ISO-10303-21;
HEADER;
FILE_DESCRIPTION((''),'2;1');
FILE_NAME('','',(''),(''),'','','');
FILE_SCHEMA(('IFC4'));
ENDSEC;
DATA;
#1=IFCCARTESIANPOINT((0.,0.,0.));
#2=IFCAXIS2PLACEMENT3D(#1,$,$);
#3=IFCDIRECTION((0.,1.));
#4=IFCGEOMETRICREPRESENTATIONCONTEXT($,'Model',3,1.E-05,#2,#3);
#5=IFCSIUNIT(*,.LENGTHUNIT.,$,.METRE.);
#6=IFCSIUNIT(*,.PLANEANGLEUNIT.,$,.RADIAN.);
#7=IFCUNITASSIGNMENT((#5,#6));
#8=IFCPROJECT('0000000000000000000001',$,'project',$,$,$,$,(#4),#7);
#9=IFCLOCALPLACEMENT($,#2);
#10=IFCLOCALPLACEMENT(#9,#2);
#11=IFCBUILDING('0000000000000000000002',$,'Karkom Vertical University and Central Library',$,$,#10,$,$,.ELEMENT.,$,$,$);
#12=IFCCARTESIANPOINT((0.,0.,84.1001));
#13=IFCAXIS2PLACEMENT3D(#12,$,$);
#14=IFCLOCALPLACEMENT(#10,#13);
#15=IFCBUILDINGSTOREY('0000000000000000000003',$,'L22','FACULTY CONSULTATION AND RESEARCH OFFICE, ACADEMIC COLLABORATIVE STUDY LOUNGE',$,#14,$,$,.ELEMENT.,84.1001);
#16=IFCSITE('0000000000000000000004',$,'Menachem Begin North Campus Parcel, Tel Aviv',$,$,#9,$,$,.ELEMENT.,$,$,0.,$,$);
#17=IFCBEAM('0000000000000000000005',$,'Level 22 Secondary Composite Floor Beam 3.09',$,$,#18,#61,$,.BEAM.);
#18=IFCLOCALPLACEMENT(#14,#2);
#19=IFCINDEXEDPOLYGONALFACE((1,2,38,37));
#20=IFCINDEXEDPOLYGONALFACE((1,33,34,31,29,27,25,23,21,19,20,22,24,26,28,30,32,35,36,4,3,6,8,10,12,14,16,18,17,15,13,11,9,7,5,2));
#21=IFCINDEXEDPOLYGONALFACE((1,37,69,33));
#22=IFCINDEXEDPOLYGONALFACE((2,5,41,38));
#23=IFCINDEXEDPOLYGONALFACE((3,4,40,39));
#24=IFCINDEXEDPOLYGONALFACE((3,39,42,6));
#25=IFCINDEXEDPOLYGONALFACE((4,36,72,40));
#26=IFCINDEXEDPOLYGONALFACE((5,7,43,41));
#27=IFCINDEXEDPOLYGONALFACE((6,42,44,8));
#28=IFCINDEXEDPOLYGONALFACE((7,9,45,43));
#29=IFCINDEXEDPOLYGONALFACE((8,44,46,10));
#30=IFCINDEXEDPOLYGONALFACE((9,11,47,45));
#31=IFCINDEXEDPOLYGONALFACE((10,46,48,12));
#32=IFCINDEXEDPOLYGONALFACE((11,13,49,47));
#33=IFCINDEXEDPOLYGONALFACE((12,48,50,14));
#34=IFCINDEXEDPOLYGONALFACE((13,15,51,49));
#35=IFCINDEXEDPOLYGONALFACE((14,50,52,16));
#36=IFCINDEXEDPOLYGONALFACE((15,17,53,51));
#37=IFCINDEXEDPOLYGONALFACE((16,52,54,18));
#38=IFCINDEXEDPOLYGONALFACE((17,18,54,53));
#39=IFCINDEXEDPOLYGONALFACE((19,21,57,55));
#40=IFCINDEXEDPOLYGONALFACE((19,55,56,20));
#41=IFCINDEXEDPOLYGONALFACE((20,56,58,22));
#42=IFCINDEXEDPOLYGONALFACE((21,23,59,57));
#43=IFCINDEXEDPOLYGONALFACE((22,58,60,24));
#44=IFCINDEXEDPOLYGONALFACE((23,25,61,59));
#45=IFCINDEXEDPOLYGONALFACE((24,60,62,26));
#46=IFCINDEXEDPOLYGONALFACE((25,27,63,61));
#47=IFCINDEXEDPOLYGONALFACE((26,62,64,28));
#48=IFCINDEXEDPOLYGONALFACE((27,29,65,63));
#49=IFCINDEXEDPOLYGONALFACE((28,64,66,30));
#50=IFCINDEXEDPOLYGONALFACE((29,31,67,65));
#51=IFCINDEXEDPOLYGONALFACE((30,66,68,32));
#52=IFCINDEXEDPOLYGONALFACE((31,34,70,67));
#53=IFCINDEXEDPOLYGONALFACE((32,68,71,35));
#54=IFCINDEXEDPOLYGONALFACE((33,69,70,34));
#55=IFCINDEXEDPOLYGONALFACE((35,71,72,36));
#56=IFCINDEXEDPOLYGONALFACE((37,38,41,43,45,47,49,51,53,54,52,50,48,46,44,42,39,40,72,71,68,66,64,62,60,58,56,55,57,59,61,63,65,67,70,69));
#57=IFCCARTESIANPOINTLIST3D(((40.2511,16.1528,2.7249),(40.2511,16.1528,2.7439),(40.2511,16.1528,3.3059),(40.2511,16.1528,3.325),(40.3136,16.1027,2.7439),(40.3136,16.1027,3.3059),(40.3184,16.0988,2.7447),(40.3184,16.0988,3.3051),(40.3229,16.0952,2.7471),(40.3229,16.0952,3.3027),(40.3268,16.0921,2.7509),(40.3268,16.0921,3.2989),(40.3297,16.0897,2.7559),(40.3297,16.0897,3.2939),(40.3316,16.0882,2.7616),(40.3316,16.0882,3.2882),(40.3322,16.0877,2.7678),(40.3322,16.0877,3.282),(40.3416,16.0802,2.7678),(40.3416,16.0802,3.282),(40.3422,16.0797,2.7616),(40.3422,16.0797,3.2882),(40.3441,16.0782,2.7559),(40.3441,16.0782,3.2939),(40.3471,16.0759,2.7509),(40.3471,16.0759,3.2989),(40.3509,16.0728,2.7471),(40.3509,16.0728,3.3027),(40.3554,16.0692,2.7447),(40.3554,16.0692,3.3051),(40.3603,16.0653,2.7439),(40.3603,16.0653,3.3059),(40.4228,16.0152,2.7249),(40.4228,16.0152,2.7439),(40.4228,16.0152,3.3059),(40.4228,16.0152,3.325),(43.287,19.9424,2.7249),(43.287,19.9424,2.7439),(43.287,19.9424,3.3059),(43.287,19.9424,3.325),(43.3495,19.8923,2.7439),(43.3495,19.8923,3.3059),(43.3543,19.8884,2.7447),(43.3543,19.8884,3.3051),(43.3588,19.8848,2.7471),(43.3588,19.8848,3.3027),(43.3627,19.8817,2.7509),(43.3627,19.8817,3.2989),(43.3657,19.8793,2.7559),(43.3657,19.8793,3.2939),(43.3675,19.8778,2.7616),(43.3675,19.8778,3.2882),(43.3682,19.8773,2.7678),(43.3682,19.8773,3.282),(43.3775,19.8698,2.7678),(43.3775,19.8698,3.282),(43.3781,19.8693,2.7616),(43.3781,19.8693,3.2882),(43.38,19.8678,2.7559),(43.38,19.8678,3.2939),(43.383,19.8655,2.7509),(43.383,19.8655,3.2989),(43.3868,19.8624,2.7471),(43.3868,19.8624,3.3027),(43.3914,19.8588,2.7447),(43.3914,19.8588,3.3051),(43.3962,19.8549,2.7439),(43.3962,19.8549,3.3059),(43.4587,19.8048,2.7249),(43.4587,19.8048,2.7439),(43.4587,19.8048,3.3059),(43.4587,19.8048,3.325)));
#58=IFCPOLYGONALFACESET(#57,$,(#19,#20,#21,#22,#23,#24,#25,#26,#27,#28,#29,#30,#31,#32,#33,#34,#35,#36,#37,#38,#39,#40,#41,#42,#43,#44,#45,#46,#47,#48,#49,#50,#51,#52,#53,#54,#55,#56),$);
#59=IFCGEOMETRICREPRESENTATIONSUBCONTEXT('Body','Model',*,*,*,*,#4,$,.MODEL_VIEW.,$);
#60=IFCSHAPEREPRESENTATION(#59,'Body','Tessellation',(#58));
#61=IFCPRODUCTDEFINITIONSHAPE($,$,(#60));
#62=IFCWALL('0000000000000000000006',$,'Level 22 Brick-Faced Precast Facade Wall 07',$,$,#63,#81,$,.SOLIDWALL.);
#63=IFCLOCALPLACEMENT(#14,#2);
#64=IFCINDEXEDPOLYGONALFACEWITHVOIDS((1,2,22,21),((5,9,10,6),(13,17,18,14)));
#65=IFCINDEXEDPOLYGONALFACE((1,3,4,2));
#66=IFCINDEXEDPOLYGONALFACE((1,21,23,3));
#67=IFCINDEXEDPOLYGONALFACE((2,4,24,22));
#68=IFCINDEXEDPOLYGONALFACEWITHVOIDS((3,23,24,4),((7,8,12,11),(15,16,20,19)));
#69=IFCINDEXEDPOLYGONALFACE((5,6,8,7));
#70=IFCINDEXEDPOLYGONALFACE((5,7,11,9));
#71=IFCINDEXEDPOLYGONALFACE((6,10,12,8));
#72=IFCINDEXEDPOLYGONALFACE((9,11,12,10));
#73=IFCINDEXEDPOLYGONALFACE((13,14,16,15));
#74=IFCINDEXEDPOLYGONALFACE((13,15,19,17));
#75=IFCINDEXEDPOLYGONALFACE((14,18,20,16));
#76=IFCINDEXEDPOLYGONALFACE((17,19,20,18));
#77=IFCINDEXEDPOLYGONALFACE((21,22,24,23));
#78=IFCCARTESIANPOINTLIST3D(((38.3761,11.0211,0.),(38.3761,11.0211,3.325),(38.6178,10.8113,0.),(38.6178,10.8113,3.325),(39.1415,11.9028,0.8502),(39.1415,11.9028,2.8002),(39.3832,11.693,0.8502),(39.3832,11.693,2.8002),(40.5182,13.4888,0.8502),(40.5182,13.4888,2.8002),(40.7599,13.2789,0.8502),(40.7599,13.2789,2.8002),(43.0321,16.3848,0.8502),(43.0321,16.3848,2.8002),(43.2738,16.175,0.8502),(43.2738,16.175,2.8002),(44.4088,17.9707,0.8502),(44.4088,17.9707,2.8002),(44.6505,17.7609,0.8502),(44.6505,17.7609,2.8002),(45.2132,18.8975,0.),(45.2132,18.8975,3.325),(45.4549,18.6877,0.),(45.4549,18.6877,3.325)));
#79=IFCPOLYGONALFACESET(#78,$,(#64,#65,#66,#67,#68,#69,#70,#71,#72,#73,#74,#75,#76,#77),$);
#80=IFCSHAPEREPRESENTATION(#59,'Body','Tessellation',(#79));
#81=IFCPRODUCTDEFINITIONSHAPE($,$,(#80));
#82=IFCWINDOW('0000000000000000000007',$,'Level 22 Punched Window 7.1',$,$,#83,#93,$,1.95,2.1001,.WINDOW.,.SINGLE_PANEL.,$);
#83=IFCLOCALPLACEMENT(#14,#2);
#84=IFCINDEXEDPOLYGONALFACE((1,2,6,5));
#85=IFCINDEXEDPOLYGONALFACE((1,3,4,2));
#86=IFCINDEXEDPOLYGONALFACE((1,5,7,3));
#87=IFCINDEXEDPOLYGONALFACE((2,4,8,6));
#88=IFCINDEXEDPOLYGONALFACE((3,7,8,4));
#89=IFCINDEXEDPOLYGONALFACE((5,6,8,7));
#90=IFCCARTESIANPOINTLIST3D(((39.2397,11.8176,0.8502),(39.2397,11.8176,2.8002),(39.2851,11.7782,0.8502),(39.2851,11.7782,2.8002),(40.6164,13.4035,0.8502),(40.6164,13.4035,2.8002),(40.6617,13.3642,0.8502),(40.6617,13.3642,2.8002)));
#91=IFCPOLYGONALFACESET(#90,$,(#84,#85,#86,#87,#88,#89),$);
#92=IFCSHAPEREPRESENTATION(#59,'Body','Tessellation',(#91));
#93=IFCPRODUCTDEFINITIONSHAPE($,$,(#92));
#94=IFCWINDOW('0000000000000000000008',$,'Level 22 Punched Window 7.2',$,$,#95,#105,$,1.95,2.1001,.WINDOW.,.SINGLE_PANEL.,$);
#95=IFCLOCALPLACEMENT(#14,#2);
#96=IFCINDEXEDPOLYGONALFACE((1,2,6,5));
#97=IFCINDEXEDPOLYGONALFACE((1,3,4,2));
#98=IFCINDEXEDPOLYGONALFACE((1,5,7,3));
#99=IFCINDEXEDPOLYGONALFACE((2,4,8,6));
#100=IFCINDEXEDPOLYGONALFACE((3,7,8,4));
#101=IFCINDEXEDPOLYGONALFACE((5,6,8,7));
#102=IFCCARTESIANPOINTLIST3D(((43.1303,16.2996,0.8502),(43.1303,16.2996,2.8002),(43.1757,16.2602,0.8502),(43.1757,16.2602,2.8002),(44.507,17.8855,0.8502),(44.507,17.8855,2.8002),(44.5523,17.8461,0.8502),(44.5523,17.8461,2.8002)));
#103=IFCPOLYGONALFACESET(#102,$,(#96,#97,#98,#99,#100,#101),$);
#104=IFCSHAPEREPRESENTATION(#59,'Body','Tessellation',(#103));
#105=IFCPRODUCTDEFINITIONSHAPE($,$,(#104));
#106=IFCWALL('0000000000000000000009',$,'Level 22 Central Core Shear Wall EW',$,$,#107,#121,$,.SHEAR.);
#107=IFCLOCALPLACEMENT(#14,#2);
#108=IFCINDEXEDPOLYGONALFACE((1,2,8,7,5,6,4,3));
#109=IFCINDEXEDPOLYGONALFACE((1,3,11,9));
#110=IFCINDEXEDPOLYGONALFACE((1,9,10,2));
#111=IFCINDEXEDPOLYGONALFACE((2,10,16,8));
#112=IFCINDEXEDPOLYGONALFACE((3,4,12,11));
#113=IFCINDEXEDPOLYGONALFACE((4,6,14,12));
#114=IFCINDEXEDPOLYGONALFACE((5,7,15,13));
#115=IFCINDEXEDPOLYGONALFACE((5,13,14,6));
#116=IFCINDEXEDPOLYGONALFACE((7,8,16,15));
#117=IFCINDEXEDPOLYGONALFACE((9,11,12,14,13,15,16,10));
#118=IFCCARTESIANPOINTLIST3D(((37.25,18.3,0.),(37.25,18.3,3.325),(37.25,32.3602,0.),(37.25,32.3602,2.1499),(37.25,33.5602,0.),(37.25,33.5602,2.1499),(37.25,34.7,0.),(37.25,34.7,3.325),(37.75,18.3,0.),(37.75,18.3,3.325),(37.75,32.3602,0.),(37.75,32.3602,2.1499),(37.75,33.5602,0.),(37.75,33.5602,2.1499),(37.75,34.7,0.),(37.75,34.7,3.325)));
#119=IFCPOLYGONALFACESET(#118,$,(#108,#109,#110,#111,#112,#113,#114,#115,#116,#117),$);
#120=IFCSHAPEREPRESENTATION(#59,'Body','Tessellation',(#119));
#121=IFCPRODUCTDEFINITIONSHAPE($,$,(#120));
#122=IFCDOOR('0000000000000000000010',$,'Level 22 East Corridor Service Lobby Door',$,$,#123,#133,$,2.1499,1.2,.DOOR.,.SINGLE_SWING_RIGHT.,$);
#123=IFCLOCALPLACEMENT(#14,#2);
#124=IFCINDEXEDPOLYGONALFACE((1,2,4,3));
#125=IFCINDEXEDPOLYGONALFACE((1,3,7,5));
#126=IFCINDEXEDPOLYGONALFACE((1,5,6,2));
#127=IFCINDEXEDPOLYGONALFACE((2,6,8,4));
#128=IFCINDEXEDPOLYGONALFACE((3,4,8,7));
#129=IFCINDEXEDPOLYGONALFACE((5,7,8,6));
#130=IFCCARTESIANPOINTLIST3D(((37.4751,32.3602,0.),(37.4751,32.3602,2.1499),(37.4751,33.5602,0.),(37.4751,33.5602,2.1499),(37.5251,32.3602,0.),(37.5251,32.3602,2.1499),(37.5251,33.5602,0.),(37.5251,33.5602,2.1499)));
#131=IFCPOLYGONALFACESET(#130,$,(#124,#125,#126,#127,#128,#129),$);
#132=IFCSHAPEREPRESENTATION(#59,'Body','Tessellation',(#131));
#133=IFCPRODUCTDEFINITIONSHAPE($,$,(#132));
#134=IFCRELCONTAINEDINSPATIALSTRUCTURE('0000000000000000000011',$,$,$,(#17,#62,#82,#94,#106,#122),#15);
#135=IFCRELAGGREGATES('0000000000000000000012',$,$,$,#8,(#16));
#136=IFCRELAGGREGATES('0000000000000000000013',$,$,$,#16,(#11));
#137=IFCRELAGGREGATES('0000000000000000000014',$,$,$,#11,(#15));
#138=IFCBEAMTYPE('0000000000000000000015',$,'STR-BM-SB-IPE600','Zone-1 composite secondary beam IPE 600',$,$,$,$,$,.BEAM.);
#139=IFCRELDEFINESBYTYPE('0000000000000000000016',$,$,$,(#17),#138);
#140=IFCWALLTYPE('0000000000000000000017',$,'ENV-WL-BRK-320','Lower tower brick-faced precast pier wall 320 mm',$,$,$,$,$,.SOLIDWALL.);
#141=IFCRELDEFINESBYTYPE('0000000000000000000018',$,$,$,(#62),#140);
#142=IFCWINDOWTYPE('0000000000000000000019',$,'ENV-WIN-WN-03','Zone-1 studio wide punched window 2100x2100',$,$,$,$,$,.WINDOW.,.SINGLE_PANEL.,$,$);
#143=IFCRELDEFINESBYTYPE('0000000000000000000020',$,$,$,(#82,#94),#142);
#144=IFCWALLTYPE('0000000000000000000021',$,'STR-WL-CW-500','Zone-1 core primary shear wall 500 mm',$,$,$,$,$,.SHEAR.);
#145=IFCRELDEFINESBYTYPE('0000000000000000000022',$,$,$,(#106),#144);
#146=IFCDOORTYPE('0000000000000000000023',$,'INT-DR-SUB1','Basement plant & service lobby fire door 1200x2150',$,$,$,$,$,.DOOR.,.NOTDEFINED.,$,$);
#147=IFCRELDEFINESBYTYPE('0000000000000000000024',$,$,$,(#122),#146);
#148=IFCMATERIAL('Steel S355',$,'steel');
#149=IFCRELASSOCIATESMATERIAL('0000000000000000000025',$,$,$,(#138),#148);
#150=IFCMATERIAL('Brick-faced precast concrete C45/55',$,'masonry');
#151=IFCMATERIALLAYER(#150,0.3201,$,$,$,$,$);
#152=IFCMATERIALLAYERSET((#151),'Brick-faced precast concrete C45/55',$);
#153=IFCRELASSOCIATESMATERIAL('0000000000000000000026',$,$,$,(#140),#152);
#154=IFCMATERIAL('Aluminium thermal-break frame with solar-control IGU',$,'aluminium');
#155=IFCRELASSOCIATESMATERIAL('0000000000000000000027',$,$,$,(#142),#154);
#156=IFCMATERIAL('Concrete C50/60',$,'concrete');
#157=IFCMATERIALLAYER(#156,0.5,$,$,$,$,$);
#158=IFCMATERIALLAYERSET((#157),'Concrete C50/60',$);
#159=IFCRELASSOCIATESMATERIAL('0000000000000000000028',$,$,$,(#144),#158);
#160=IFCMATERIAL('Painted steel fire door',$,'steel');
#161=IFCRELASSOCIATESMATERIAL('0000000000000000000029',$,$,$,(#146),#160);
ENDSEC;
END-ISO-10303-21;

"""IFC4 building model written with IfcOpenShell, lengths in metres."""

from ifc_helpers import new_model, si_unit, direction, frame, frame_2d, origin, origin_with_axes, origin_2d, place, context, subcontext, project, spatial, rectangle, i_section, extrude, source, transform, mapped, material, layer, layer_set, material_profile, profile_set, type_object, element, fill, save


model = new_model("IFC4")

# Units and contexts
model_context = context("Model", 3, precision=1e-05, world=origin(), true_north=direction((0.0, 1.0)))
body_context = subcontext(model_context, "Body", "Model", "MODEL_VIEW")
ifc_project = project(units=[si_unit("LENGTHUNIT", "METRE"), si_unit("PLANEANGLEUNIT", "RADIAN")], contexts=[model_context])

# Site, building, storey
site_placement = place(None, origin())
site = spatial("IfcSite", under=ifc_project, at=site_placement, Name="Menachem Begin North Campus Parcel, Tel Aviv", CompositionType="ELEMENT", RefElevation=0.0)
building_placement = place(site_placement, origin())
building = spatial("IfcBuilding", under=site, at=building_placement, Name="Karkom Vertical University and Central Library", CompositionType="ELEMENT")
storey_placement = place(building_placement, frame((0.0, 0.0, 84.1001)))
storey = spatial("IfcBuildingStorey", under=building, at=storey_placement, Name="L22", Description="FACULTY CONSULTATION AND RESEARCH OFFICE, ACADEMIC COLLABORATIVE STUDY LOUNGE", CompositionType="ELEMENT", Elevation=84.1001)

# Shared definitions
ifc_material_1 = material(Name="Concrete C50/60", Category="concrete")

# Beam
ifc_material_2 = material(Name="Steel S355", Category="steel")
ifc_material_profile_1 = material_profile(ifc_material_2, i_section(OverallWidth=0.22, OverallDepth=0.6001, WebThickness=0.012, FlangeThickness=0.019, FilletRadius=0.0239, at=origin_2d()), Name="IPE 600")
ifc_profile_set_1 = profile_set([ifc_material_profile_1], Name="Steel S355")
beam_type_1 = type_object("IfcBeamType", Name="STR-BM-SB-IPE600", Description="Zone-1 composite secondary beam IPE 600", PredefinedType="BEAM", material=ifc_profile_set_1)
shared_shape_1 = source(origin_with_axes(), body_context, "Body", "SweptSolid", [
    extrude(i_section(OverallWidth=0.22, OverallDepth=0.6001, WebThickness=0.012, FlangeThickness=0.019, FilletRadius=0.0239, at=origin_2d()), origin(), (0.0, 0.0, 1.0), 4.8557),
])
beam_1_placement = place(storey_placement, frame((40.3369, 16.084, 3.0249), z_axis=(0.625228, 0.780442, 0.0), x_axis=(-0.780442, 0.625228, 0.0)))
element("IfcBeam", 1, at=beam_1_placement, inside=storey, type_object=beam_type_1, Name="Level 22 Secondary Composite Floor Beam 3.09", PredefinedType="BEAM", context=body_context, shape_type="MappedRepresentation", body=[
    mapped(shared_shape_1, transform((0.0, 0.0, 0.0), scale=1.0)),
])

# Wall, openings, windows
ifc_material_3 = material(Name="Brick-faced precast concrete C45/55", Category="masonry")
ifc_layer_1 = layer(ifc_material_3, 0.3201)
ifc_layer_set_1 = layer_set([ifc_layer_1], Name="Brick-faced precast concrete C45/55")
wall_type_1 = type_object("IfcWallType", Name="ENV-WL-BRK-320", Description="Lower tower brick-faced precast pier wall 320 mm", PredefinedType="SOLIDWALL", material=ifc_layer_set_1)
wall_1_placement = place(storey_placement, frame((38.4971, 10.9163, 0.0), z_axis=(0.0, 0.0, 1.0), x_axis=(0.655527, 0.755172, 0.0)))
wall_1 = element("IfcWall", 2, at=wall_1_placement, inside=storey, type_object=wall_type_1, Name="Level 22 Brick-Faced Precast Facade Wall 07", PredefinedType="SOLIDWALL", context=body_context, shape_type="SweptSolid", body=[
    extrude(rectangle(XDim=10.4299, YDim=0.3201, at=frame_2d((5.2148, 0.0))), origin(), (0.0, 0.0, 1.0), 3.325),
])
opening_1_placement = place(wall_1_placement, frame((1.1675, 0.0, 0.8501)))
opening_1 = element("IfcOpeningElement", 3, at=opening_1_placement, cuts=wall_1, PredefinedType="OPENING", context=body_context, shape_type="SweptSolid", body=[
    extrude(rectangle(XDim=2.1001, YDim=1.95, at=frame_2d((1.05, 0.9751))), frame((0.0, 0.1699, 0.0), z_axis=(0.0, -1.0, 0.0), x_axis=(1.0, 0.0, 0.0)), (0.0, 0.0, 1.0), 0.3401),
])
opening_2_placement = place(wall_1_placement, frame((7.1025, 0.0, 0.8501)))
opening_2 = element("IfcOpeningElement", 4, at=opening_2_placement, cuts=wall_1, PredefinedType="OPENING", context=body_context, shape_type="SweptSolid", body=[
    extrude(rectangle(XDim=2.1001, YDim=1.95, at=frame_2d((1.05, 0.9751))), frame((0.0, 0.1699, 0.0), z_axis=(0.0, -1.0, 0.0), x_axis=(1.0, 0.0, 0.0)), (0.0, 0.0, 1.0), 0.3401),
])
ifc_material_4 = material(Name="Aluminium thermal-break frame with solar-control IGU", Category="aluminium")
window_type = type_object("IfcWindowType", Name="ENV-WIN-WN-03", Description="Zone-1 studio wide punched window 2100x2100", PartitioningType="SINGLE_PANEL", PredefinedType="WINDOW", material=ifc_material_4)
shared_shape_2 = source(origin_with_axes(), body_context, "Body", "SweptSolid", [
    extrude(rectangle(XDim=2.1001, YDim=1.95, at=frame_2d((1.05, 0.9751))), frame((0.0, 0.03, 0.0), z_axis=(0.0, -1.0, 0.0), x_axis=(1.0, 0.0, 0.0)), (0.0, 0.0, 1.0), 0.0601),
])
window_1_placement = place(opening_1_placement, origin())
window_1 = element("IfcWindow", 5, at=window_1_placement, inside=storey, type_object=window_type, Name="Level 22 Punched Window 7.1", OverallHeight=1.95, OverallWidth=2.1001, PartitioningType="SINGLE_PANEL", PredefinedType="WINDOW", context=body_context, shape_type="MappedRepresentation", body=[
    mapped(shared_shape_2, transform((0.0, 0.0, 0.0), scale=1.0)),
])
fill(opening_1, window_1)
window_2_placement = place(opening_2_placement, origin())
window_2 = element("IfcWindow", 6, at=window_2_placement, inside=storey, type_object=window_type, Name="Level 22 Punched Window 7.2", OverallHeight=1.95, OverallWidth=2.1001, PartitioningType="SINGLE_PANEL", PredefinedType="WINDOW", context=body_context, shape_type="MappedRepresentation", body=[
    mapped(shared_shape_2, transform((0.0, 0.0, 0.0), scale=1.0)),
])
fill(opening_2, window_2)

# Wall, opening, door
ifc_layer_2 = layer(ifc_material_1, 0.5)
ifc_layer_set_2 = layer_set([ifc_layer_2], Name="Concrete C50/60")
wall_type_2 = type_object("IfcWallType", Name="STR-WL-CW-500", Description="Zone-1 core primary shear wall 500 mm", PredefinedType="SHEAR", material=ifc_layer_set_2)
wall_2_placement = place(storey_placement, frame((37.5, 18.3, 0.0), z_axis=(0.0, 0.0, 1.0), x_axis=(0.0, 1.0, 0.0)))
wall_2 = element("IfcWall", 7, at=wall_2_placement, inside=storey, type_object=wall_type_2, Name="Level 22 Central Core Shear Wall EW", PredefinedType="SHEAR", context=body_context, shape_type="SweptSolid", body=[
    extrude(rectangle(XDim=16.3999, YDim=0.5, at=frame_2d((8.2, 0.0))), origin(), (0.0, 0.0, 1.0), 3.325),
])
opening_3_placement = place(wall_2_placement, frame((14.0601, 0.0, 0.0)))
opening_3 = element("IfcOpeningElement", 8, at=opening_3_placement, cuts=wall_2, PredefinedType="OPENING", context=body_context, shape_type="SweptSolid", body=[
    extrude(rectangle(XDim=1.2, YDim=2.1499, at=frame_2d((0.6001, 1.075))), frame((0.0, 0.26, 0.0), z_axis=(0.0, -1.0, 0.0), x_axis=(1.0, 0.0, 0.0)), (0.0, 0.0, 1.0), 0.52),
])
ifc_material_5 = material(Name="Painted steel fire door", Category="steel")
door_type_1 = type_object("IfcDoorType", Name="INT-DR-SUB1", Description="Basement plant & service lobby fire door 1200x2150", OperationType="NOTDEFINED", PredefinedType="DOOR", material=ifc_material_5)
shared_shape_3 = source(origin_with_axes(), body_context, "Body", "SweptSolid", [
    extrude(rectangle(XDim=1.2, YDim=2.1499, at=frame_2d((0.6001, 1.075))), frame((0.0, 0.0249, 0.0), z_axis=(0.0, -1.0, 0.0), x_axis=(1.0, 0.0, 0.0)), (0.0, 0.0, 1.0), 0.05),
])
door_1_placement = place(opening_3_placement, origin())
door_1 = element("IfcDoor", 9, at=door_1_placement, inside=storey, type_object=door_type_1, Name="Level 22 East Corridor Service Lobby Door", OperationType="SINGLE_SWING_RIGHT", OverallHeight=2.1499, OverallWidth=1.2, PredefinedType="DOOR", context=body_context, shape_type="MappedRepresentation", body=[
    mapped(shared_shape_3, transform((0.0, 0.0, 0.0), scale=1.0)),
])
fill(opening_3, door_1)

save(model, "model.ifc")
